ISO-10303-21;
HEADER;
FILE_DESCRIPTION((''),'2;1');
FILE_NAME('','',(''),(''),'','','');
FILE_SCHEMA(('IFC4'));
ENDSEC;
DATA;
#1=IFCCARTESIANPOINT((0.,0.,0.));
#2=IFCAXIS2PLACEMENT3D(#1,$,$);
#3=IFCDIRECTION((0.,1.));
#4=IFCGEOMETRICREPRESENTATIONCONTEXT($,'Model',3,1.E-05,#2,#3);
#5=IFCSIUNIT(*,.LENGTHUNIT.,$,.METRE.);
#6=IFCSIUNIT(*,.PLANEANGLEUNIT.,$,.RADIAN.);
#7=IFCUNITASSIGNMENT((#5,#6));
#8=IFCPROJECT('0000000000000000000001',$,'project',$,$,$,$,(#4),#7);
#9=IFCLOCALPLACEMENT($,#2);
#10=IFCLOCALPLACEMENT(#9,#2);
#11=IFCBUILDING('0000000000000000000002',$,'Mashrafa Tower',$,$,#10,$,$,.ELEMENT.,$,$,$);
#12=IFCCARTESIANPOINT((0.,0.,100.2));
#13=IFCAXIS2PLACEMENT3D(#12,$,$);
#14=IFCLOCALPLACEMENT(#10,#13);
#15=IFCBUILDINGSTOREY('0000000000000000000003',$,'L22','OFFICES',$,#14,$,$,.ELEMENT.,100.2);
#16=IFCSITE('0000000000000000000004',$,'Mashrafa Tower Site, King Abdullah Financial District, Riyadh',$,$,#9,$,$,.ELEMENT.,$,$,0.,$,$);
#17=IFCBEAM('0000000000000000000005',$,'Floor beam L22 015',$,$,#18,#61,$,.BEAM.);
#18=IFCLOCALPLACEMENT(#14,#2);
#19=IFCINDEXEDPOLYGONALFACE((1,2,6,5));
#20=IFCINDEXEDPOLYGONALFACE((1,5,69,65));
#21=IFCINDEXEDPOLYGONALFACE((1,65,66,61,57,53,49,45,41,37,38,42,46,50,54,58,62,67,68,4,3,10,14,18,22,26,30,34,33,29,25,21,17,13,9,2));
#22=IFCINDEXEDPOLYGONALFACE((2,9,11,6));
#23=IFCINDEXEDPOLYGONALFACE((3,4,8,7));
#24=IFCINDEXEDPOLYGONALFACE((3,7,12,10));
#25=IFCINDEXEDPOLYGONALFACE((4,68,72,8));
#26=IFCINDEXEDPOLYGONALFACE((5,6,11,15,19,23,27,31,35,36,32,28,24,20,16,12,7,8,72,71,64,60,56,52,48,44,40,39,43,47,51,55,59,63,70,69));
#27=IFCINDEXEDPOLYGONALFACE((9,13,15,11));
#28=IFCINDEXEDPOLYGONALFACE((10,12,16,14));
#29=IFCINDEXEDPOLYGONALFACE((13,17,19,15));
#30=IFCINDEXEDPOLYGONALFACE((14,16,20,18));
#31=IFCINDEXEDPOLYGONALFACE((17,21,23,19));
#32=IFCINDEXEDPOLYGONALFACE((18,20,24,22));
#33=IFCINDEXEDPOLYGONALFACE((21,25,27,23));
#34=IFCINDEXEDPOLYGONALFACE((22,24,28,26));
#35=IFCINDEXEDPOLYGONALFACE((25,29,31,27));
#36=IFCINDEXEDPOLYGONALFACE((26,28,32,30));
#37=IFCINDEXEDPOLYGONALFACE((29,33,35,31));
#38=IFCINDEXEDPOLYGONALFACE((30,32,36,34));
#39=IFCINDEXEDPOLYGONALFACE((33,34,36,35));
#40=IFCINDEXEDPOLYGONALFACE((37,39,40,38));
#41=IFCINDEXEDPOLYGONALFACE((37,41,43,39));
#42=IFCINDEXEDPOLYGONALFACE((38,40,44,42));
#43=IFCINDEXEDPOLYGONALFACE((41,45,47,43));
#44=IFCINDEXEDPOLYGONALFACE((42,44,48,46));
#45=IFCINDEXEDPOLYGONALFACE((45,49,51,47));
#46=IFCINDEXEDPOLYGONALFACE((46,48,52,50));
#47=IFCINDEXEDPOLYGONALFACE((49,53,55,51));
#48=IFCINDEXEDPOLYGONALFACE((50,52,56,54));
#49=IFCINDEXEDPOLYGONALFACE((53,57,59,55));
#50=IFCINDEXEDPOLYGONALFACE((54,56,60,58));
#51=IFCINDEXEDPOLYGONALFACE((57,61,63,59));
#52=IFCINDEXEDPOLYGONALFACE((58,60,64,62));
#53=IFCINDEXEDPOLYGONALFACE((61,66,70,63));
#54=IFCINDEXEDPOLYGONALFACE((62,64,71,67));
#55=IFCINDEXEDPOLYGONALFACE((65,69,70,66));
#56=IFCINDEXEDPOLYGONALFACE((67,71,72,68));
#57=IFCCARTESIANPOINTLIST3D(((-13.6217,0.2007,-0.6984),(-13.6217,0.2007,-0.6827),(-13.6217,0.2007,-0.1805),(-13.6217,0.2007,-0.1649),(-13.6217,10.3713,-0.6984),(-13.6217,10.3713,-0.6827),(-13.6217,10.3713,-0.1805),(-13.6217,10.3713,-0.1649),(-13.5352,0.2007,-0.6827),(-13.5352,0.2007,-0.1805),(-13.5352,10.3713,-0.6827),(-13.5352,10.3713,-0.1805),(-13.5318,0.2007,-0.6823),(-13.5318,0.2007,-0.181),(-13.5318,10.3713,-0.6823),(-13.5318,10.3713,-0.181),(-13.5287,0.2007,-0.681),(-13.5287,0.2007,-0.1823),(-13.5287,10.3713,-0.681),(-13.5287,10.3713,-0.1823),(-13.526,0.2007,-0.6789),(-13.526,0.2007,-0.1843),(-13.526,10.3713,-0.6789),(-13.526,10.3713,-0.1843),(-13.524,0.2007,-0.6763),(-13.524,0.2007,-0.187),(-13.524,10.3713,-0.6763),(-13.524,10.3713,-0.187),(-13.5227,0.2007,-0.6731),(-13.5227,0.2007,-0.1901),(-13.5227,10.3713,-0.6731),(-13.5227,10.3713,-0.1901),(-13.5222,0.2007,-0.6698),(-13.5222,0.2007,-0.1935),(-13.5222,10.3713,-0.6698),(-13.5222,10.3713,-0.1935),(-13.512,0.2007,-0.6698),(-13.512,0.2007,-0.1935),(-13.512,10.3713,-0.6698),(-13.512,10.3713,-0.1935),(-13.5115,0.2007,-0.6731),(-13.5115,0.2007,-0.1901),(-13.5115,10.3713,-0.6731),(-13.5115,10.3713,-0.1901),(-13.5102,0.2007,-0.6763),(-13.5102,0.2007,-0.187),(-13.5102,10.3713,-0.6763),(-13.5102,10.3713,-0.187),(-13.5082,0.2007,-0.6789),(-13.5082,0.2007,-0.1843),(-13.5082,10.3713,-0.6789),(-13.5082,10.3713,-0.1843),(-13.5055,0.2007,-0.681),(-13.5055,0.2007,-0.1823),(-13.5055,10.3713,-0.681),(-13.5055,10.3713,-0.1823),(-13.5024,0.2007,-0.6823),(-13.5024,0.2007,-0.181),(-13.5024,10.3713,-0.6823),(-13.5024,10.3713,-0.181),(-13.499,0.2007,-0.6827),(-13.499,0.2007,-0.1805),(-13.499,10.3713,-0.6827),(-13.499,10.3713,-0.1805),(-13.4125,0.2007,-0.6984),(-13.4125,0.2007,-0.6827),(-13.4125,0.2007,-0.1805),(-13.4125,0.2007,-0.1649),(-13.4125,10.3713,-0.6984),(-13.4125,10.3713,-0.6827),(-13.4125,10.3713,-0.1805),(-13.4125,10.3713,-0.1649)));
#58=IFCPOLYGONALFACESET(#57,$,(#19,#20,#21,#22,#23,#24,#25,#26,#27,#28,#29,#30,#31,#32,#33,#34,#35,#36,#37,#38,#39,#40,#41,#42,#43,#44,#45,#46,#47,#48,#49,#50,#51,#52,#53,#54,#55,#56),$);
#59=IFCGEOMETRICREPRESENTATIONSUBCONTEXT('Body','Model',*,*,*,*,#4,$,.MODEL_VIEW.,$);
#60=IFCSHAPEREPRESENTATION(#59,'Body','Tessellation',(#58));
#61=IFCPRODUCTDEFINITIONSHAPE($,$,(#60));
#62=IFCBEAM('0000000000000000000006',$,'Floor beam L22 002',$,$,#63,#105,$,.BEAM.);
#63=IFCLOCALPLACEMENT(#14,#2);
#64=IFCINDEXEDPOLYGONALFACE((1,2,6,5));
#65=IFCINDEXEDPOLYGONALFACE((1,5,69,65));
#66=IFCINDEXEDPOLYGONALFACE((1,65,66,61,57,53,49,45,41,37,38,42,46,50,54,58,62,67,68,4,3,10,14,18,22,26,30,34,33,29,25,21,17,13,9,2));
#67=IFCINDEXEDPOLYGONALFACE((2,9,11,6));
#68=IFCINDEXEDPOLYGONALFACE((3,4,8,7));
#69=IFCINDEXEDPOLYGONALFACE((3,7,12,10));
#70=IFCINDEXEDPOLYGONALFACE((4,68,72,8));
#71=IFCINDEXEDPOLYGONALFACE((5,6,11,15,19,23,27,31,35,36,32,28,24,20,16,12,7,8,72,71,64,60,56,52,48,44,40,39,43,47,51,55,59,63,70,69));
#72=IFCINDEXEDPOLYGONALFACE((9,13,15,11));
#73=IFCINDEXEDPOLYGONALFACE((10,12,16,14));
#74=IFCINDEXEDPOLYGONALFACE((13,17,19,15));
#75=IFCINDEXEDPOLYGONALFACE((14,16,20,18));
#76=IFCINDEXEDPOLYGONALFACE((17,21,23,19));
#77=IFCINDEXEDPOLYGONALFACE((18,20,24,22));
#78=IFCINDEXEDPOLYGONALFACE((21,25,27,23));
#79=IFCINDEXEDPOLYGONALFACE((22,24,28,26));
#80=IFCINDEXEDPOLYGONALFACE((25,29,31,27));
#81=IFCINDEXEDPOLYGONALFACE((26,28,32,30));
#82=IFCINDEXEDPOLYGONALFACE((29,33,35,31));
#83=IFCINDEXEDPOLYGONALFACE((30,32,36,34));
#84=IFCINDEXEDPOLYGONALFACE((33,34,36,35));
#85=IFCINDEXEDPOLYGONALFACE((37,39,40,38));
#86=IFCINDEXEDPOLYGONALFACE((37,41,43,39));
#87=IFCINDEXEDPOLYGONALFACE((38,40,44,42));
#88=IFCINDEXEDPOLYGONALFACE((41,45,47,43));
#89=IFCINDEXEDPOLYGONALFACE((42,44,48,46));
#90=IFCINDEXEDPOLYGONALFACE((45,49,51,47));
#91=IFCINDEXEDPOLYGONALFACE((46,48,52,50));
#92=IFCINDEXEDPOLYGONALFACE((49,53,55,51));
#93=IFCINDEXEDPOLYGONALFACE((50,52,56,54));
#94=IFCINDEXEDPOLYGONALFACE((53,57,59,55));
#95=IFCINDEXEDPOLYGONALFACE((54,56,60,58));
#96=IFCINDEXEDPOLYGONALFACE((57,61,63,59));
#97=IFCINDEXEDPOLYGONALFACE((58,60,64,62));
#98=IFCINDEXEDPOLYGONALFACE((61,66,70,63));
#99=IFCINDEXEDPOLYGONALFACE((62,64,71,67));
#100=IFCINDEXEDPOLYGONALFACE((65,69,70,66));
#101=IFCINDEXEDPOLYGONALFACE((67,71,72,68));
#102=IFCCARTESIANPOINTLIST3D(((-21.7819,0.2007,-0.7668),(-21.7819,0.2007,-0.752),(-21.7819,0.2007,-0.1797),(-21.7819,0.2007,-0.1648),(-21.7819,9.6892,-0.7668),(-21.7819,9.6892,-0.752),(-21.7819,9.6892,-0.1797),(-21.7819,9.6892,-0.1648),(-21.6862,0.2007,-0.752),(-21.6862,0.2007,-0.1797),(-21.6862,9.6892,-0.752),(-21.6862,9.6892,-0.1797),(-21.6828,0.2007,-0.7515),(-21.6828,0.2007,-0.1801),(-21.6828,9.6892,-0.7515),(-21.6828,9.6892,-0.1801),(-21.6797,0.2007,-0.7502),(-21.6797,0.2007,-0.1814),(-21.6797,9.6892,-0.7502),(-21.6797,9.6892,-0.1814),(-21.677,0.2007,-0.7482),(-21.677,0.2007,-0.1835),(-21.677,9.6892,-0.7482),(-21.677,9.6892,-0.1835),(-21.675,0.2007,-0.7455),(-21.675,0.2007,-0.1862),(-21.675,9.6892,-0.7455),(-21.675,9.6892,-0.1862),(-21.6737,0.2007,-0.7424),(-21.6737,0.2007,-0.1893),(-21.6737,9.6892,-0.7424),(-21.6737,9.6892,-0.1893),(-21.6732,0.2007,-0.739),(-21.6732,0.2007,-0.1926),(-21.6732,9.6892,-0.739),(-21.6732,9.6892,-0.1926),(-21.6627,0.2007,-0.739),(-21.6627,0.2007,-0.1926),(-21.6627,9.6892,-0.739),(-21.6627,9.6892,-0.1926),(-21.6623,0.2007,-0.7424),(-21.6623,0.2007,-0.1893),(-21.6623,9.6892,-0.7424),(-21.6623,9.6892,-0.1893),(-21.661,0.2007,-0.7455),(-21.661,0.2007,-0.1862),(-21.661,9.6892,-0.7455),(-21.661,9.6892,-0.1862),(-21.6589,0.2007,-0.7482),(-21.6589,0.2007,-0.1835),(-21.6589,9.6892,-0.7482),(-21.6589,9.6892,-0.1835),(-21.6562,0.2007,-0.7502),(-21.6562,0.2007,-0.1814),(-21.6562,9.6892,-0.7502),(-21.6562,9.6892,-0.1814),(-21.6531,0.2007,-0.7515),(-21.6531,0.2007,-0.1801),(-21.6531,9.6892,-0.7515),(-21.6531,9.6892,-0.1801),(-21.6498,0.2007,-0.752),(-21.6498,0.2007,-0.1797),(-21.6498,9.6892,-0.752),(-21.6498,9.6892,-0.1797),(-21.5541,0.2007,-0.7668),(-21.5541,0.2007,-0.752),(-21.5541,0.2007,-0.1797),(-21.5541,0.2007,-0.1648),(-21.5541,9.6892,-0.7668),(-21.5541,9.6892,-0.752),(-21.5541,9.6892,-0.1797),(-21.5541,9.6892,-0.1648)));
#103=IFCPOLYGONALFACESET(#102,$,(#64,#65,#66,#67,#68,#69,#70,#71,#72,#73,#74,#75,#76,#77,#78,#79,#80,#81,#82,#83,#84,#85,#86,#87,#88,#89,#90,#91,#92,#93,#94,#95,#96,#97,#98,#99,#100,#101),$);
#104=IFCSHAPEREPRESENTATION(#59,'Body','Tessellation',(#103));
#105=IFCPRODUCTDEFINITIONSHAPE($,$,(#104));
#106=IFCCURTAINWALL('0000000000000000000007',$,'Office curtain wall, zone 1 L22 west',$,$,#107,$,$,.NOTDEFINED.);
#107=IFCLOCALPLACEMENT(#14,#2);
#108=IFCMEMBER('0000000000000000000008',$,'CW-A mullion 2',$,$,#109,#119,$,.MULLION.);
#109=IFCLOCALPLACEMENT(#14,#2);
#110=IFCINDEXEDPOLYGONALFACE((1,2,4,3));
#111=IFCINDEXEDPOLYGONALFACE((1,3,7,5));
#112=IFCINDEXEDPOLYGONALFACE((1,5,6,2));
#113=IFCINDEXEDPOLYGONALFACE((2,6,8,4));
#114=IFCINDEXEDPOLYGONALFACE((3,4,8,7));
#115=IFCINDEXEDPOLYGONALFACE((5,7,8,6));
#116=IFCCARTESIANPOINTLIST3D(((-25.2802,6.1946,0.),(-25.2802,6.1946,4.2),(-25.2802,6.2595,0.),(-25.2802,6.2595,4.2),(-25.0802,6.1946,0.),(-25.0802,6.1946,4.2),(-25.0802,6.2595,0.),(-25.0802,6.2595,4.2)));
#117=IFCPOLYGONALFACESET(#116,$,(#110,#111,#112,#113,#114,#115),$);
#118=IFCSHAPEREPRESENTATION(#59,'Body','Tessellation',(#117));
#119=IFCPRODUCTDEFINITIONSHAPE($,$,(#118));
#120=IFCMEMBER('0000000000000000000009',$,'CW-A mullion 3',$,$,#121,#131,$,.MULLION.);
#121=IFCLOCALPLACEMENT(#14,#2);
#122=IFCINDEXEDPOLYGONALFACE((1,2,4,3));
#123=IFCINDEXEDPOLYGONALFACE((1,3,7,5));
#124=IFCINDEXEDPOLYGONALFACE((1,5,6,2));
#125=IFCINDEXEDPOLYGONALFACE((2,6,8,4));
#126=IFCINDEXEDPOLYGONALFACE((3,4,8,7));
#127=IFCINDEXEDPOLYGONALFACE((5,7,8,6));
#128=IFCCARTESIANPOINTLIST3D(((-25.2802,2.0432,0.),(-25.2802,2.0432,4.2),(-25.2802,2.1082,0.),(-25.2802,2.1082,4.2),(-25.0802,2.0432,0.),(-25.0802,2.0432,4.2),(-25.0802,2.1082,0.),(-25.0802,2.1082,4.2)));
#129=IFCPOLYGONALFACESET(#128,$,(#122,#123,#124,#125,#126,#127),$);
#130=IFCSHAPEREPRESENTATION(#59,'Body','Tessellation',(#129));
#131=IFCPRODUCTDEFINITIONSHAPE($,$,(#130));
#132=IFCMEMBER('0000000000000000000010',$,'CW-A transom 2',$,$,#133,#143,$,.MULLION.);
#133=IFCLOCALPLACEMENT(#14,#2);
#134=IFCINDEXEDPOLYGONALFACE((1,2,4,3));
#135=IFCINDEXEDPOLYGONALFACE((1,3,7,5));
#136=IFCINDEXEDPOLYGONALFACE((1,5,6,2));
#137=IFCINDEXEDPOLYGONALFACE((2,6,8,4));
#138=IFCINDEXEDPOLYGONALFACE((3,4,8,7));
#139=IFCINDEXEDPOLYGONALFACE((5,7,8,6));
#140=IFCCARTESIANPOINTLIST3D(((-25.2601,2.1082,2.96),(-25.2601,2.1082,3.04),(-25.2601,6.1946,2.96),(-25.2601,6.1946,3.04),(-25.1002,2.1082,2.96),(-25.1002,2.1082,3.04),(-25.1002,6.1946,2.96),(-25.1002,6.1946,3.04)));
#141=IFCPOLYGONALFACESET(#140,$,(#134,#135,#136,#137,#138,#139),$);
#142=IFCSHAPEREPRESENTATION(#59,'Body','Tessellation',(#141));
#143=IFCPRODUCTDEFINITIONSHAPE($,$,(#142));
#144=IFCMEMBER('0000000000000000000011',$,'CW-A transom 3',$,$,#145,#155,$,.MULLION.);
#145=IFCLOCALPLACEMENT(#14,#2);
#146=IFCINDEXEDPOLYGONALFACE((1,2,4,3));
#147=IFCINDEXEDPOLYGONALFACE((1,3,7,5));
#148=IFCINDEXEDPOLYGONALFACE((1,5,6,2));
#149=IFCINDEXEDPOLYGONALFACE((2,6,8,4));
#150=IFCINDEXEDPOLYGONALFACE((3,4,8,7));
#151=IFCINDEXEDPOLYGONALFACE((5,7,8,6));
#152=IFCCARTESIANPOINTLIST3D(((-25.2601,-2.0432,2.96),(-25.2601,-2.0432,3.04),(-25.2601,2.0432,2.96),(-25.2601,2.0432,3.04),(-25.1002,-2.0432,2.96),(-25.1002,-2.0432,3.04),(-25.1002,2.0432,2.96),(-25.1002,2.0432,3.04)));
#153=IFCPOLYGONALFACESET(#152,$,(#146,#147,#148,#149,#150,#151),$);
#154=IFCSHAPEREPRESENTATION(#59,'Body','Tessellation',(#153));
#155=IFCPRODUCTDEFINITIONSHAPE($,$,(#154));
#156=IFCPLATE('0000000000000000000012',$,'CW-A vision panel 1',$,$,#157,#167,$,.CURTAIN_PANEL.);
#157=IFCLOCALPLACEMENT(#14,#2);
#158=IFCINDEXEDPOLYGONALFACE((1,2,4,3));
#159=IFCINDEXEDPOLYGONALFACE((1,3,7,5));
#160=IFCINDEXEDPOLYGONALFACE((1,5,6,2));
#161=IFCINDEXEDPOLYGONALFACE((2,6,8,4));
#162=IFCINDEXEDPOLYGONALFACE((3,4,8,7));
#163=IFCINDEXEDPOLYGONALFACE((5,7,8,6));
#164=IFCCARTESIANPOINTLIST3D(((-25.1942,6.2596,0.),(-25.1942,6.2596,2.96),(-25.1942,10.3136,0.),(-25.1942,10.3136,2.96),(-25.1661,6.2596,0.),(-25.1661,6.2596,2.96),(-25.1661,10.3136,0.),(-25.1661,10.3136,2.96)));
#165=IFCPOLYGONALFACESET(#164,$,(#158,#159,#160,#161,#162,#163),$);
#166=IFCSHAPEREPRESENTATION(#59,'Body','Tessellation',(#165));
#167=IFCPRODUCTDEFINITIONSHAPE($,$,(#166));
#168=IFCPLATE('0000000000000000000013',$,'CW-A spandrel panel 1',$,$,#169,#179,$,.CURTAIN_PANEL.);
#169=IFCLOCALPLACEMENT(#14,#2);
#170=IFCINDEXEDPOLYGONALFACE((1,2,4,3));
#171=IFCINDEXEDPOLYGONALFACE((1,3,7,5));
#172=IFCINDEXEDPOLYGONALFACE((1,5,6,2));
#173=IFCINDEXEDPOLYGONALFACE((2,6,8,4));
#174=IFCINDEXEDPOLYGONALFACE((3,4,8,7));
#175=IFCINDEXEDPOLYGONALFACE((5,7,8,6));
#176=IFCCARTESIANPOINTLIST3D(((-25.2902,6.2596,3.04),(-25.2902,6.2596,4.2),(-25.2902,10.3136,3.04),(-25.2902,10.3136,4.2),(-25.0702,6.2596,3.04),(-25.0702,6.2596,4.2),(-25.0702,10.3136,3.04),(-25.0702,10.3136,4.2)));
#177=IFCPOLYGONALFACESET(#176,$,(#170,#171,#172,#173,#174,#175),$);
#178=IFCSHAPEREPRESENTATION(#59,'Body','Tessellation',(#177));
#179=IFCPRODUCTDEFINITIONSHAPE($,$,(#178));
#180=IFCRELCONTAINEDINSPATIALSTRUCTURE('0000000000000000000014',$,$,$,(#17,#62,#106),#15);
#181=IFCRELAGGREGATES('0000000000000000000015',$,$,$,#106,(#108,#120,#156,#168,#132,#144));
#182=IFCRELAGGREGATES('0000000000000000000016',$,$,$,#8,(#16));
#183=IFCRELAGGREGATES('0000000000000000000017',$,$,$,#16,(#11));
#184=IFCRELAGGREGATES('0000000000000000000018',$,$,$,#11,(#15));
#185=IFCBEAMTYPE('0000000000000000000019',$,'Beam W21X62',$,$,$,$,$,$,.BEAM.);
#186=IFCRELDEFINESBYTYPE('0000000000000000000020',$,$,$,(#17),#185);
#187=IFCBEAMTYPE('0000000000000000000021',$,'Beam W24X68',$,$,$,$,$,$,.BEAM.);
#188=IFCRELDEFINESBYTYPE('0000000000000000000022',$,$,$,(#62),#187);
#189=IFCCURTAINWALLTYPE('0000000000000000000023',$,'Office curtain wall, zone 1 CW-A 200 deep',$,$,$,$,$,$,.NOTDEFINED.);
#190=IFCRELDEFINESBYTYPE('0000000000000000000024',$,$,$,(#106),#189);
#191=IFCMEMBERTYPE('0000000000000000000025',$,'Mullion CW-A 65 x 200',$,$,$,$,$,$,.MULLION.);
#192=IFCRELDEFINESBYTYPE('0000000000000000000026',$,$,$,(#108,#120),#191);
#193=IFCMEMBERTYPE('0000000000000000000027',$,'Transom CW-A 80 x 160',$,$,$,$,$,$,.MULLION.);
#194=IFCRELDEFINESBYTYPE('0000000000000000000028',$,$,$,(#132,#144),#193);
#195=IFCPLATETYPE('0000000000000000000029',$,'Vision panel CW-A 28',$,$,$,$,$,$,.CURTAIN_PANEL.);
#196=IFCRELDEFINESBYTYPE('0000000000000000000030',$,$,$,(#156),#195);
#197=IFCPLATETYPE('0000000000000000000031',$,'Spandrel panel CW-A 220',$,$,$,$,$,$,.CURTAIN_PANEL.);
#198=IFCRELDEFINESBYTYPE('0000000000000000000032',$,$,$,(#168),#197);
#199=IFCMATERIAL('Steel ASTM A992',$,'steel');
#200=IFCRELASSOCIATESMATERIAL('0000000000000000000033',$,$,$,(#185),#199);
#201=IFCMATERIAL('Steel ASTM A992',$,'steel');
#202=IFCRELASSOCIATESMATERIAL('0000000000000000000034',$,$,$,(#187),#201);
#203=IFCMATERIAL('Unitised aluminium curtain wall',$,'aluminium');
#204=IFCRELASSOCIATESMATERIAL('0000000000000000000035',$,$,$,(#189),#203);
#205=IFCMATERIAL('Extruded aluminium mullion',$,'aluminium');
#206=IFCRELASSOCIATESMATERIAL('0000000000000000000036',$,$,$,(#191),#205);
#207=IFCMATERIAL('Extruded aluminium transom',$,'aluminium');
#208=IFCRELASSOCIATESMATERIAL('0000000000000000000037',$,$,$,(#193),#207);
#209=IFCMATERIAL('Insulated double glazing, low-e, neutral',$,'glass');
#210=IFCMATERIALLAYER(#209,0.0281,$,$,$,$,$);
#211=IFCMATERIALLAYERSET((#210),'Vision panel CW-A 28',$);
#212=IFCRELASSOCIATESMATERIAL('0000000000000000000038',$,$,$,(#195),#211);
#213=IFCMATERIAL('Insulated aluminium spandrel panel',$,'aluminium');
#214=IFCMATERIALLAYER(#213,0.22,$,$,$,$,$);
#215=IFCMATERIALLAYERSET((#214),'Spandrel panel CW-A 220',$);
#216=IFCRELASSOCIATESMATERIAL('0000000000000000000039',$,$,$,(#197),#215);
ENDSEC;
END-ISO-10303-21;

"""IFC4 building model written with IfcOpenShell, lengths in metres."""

from ifc_helpers import new_model, si_unit, direction, frame, origin, origin_2d, place, context, subcontext, project, spatial, rectangle, i_section, extrude, source, transform, mapped, material, layer, layer_set, material_profile, profile_set, type_object, type_shapes, element, aggregate, save


model = new_model("IFC4")

# Units and contexts
model_context = context("Model", 3, precision=1e-05, world=origin(), true_north=direction((0.0, 1.0)))
body_context = subcontext(model_context, "Body", "Model", "MODEL_VIEW")
ifc_project = project(units=[si_unit("LENGTHUNIT", "METRE"), si_unit("PLANEANGLEUNIT", "RADIAN")], contexts=[model_context])

# Site, building, storey
site_placement = place(None, origin())
site = spatial("IfcSite", under=ifc_project, at=site_placement, Name="Mashrafa Tower Site, King Abdullah Financial District, Riyadh", CompositionType="ELEMENT", RefElevation=0.0)
building_placement = place(site_placement, origin())
building = spatial("IfcBuilding", under=site, at=building_placement, Name="Mashrafa Tower", CompositionType="ELEMENT")
storey_placement = place(building_placement, frame((0.0, 0.0, 100.2)))
storey = spatial("IfcBuildingStorey", under=building, at=storey_placement, Name="L22", Description="OFFICES", CompositionType="ELEMENT", Elevation=100.2)

# Beams
ifc_material_1 = material(Name="Steel ASTM A992", Category="steel")
ifc_material_profile_1 = material_profile(ifc_material_1, i_section(OverallWidth=0.2092, OverallDepth=0.5334, WebThickness=0.0103, FlangeThickness=0.0156, FilletRadius=0.0129, at=origin_2d()), Name="W21X62")
ifc_profile_set_1 = profile_set([ifc_material_profile_1], Name="Steel ASTM A992")
beam_type_1 = type_object("IfcBeamType", Name="Beam W21X62", PredefinedType="BEAM", material=ifc_profile_set_1)
beam_1_placement = place(storey_placement, frame((-13.5171, 0.2007, -0.4316), z_axis=(0.0, 1.0, 0.0), x_axis=(-1.0, 0.0, 0.0)))
element("IfcBeam", 1, at=beam_1_placement, inside=storey, type_object=beam_type_1, Name="Floor beam L22 015", PredefinedType="BEAM", context=body_context, shape_type="SweptSolid", body=[
    extrude(i_section(OverallWidth=0.2092, OverallDepth=0.5334, WebThickness=0.0103, FlangeThickness=0.0156, FilletRadius=0.0129, at=origin_2d()), origin(), (0.0, 0.0, 1.0), 10.1707),
])
ifc_material_2 = material(Name="Steel ASTM A992", Category="steel")
ifc_material_profile_2 = material_profile(ifc_material_2, i_section(OverallWidth=0.2278, OverallDepth=0.6021, WebThickness=0.0105, FlangeThickness=0.0149, FilletRadius=0.0129, at=origin_2d()), Name="W24X68")
ifc_profile_set_2 = profile_set([ifc_material_profile_2], Name="Steel ASTM A992")
beam_type_2 = type_object("IfcBeamType", Name="Beam W24X68", PredefinedType="BEAM", material=ifc_profile_set_2)
beam_2_placement = place(storey_placement, frame((-21.668, 0.2007, -0.4658), z_axis=(0.0, 1.0, 0.0), x_axis=(-1.0, 0.0, 0.0)))
element("IfcBeam", 2, at=beam_2_placement, inside=storey, type_object=beam_type_2, Name="Floor beam L22 002", PredefinedType="BEAM", context=body_context, shape_type="SweptSolid", body=[
    extrude(i_section(OverallWidth=0.2278, OverallDepth=0.6021, WebThickness=0.0105, FlangeThickness=0.0149, FilletRadius=0.0129, at=origin_2d()), origin(), (0.0, 0.0, 1.0), 9.4885),
])

# Curtain wall, members, plates
ifc_material_3 = material(Name="Unitised aluminium curtain wall", Category="aluminium")
curtain_wall_type = type_object("IfcCurtainWallType", Name="Office curtain wall, zone 1 CW-A 200 deep", PredefinedType="NOTDEFINED", material=ifc_material_3)
curtain_wall_placement = place(storey_placement, origin())
curtain_wall = element("IfcCurtainWall", 3, at=curtain_wall_placement, inside=storey, type_object=curtain_wall_type, Name="Office curtain wall, zone 1 L22 west", PredefinedType="NOTDEFINED")
ifc_material_4 = material(Name="Extruded aluminium mullion", Category="aluminium")
ifc_material_profile_3 = material_profile(ifc_material_4, rectangle(XDim=0.2, YDim=0.0649, at=origin_2d()), Name="Mullion 65x200")
ifc_profile_set_3 = profile_set([ifc_material_profile_3], Name="Extruded aluminium mullion")
member_type_1 = type_object("IfcMemberType", Name="Mullion CW-A 65 x 200", PredefinedType="MULLION", material=ifc_profile_set_3)
shared_shape_1 = source(origin(), body_context, "Body", "SweptSolid", [
    extrude(rectangle(XDim=0.2, YDim=0.0649, at=origin_2d()), origin(), (0.0, 0.0, 1.0), 4.2),
])
type_shapes(member_type_1, [shared_shape_1])
member_1_placement = place(storey_placement, frame((-25.1802, 6.2271, 0.0), z_axis=(0.0, 0.0, 1.0), x_axis=(1.0, 0.0, 0.0)))
member_1 = element("IfcMember", 4, at=member_1_placement, type_object=member_type_1, Name="CW-A mullion 2", PredefinedType="MULLION", context=body_context, shape_type="MappedRepresentation", body=[
    mapped(shared_shape_1, transform((0.0, 0.0, 0.0))),
])
member_2_placement = place(storey_placement, frame((-25.1802, 2.0757, 0.0), z_axis=(0.0, 0.0, 1.0), x_axis=(1.0, 0.0, 0.0)))
member_2 = element("IfcMember", 5, at=member_2_placement, type_object=member_type_1, Name="CW-A mullion 3", PredefinedType="MULLION", context=body_context, shape_type="MappedRepresentation", body=[
    mapped(shared_shape_1, transform((0.0, 0.0, 0.0))),
])
ifc_material_5 = material(Name="Extruded aluminium transom", Category="aluminium")
ifc_material_profile_4 = material_profile(ifc_material_5, rectangle(XDim=0.1599, YDim=0.0801, at=origin_2d()), Name="Transom 80x160")
ifc_profile_set_4 = profile_set([ifc_material_profile_4], Name="Extruded aluminium transom")
member_type_2 = type_object("IfcMemberType", Name="Transom CW-A 80 x 160", PredefinedType="MULLION", material=ifc_profile_set_4)
shared_shape_2 = source(origin(), body_context, "Body", "SweptSolid", [
    extrude(rectangle(XDim=0.1599, YDim=0.0801, at=origin_2d()), origin(), (0.0, 0.0, 1.0), 4.0864),
])
type_shapes(member_type_2, [shared_shape_2])
member_3_placement = place(storey_placement, frame((-25.1802, 6.1946, 3.0), z_axis=(0.0, -1.0, 0.0), x_axis=(1.0, 0.0, 0.0)))
member_3 = element("IfcMember", 6, at=member_3_placement, type_object=member_type_2, Name="CW-A transom 2", PredefinedType="MULLION", context=body_context, shape_type="MappedRepresentation", body=[
    mapped(shared_shape_2, transform((0.0, 0.0, 0.0))),
])
member_4_placement = place(storey_placement, frame((-25.1802, 2.0432, 3.0), z_axis=(0.0, -1.0, 0.0), x_axis=(1.0, 0.0, 0.0)))
member_4 = element("IfcMember", 7, at=member_4_placement, type_object=member_type_2, Name="CW-A transom 3", PredefinedType="MULLION", context=body_context, shape_type="MappedRepresentation", body=[
    mapped(shared_shape_2, transform((0.0, 0.0, 0.0))),
])
ifc_material_6 = material(Name="Insulated double glazing, low-e, neutral", Category="glass")
ifc_layer_1 = layer(ifc_material_6, 0.0281)
ifc_layer_set_1 = layer_set([ifc_layer_1], Name="Vision panel CW-A 28")
plate_type_1 = type_object("IfcPlateType", Name="Vision panel CW-A 28", PredefinedType="CURTAIN_PANEL", material=ifc_layer_set_1)
shared_shape_3 = source(origin(), body_context, "Body", "SweptSolid", [
    extrude(rectangle(XDim=4.054, YDim=0.0281, at=origin_2d()), origin(), (0.0, 0.0, 1.0), 2.96),
])
plate_1_placement = place(storey_placement, frame((-25.1802, 8.2866, 0.0), z_axis=(0.0, 0.0, 1.0), x_axis=(0.0, -1.0, 0.0)))
plate_1 = element("IfcPlate", 8, at=plate_1_placement, type_object=plate_type_1, Name="CW-A vision panel 1", PredefinedType="CURTAIN_PANEL", context=body_context, shape_type="MappedRepresentation", body=[
    mapped(shared_shape_3, transform((0.0, 0.0, 0.0))),
])
ifc_material_7 = material(Name="Insulated aluminium spandrel panel", Category="aluminium")
ifc_layer_2 = layer(ifc_material_7, 0.22)
ifc_layer_set_2 = layer_set([ifc_layer_2], Name="Spandrel panel CW-A 220")
plate_type_2 = type_object("IfcPlateType", Name="Spandrel panel CW-A 220", PredefinedType="CURTAIN_PANEL", material=ifc_layer_set_2)
shared_shape_4 = source(origin(), body_context, "Body", "SweptSolid", [
    extrude(rectangle(XDim=4.054, YDim=0.22, at=origin_2d()), origin(), (0.0, 0.0, 1.0), 1.1599),
])
plate_2_placement = place(storey_placement, frame((-25.1802, 8.2866, 3.04), z_axis=(0.0, 0.0, 1.0), x_axis=(0.0, -1.0, 0.0)))
plate_2 = element("IfcPlate", 9, at=plate_2_placement, type_object=plate_type_2, Name="CW-A spandrel panel 1", PredefinedType="CURTAIN_PANEL", context=body_context, shape_type="MappedRepresentation", body=[
    mapped(shared_shape_4, transform((0.0, 0.0, 0.0))),
])
aggregate(curtain_wall, [member_1, member_2, plate_1, plate_2, member_3, member_4])

save(model, "model.ifc")
